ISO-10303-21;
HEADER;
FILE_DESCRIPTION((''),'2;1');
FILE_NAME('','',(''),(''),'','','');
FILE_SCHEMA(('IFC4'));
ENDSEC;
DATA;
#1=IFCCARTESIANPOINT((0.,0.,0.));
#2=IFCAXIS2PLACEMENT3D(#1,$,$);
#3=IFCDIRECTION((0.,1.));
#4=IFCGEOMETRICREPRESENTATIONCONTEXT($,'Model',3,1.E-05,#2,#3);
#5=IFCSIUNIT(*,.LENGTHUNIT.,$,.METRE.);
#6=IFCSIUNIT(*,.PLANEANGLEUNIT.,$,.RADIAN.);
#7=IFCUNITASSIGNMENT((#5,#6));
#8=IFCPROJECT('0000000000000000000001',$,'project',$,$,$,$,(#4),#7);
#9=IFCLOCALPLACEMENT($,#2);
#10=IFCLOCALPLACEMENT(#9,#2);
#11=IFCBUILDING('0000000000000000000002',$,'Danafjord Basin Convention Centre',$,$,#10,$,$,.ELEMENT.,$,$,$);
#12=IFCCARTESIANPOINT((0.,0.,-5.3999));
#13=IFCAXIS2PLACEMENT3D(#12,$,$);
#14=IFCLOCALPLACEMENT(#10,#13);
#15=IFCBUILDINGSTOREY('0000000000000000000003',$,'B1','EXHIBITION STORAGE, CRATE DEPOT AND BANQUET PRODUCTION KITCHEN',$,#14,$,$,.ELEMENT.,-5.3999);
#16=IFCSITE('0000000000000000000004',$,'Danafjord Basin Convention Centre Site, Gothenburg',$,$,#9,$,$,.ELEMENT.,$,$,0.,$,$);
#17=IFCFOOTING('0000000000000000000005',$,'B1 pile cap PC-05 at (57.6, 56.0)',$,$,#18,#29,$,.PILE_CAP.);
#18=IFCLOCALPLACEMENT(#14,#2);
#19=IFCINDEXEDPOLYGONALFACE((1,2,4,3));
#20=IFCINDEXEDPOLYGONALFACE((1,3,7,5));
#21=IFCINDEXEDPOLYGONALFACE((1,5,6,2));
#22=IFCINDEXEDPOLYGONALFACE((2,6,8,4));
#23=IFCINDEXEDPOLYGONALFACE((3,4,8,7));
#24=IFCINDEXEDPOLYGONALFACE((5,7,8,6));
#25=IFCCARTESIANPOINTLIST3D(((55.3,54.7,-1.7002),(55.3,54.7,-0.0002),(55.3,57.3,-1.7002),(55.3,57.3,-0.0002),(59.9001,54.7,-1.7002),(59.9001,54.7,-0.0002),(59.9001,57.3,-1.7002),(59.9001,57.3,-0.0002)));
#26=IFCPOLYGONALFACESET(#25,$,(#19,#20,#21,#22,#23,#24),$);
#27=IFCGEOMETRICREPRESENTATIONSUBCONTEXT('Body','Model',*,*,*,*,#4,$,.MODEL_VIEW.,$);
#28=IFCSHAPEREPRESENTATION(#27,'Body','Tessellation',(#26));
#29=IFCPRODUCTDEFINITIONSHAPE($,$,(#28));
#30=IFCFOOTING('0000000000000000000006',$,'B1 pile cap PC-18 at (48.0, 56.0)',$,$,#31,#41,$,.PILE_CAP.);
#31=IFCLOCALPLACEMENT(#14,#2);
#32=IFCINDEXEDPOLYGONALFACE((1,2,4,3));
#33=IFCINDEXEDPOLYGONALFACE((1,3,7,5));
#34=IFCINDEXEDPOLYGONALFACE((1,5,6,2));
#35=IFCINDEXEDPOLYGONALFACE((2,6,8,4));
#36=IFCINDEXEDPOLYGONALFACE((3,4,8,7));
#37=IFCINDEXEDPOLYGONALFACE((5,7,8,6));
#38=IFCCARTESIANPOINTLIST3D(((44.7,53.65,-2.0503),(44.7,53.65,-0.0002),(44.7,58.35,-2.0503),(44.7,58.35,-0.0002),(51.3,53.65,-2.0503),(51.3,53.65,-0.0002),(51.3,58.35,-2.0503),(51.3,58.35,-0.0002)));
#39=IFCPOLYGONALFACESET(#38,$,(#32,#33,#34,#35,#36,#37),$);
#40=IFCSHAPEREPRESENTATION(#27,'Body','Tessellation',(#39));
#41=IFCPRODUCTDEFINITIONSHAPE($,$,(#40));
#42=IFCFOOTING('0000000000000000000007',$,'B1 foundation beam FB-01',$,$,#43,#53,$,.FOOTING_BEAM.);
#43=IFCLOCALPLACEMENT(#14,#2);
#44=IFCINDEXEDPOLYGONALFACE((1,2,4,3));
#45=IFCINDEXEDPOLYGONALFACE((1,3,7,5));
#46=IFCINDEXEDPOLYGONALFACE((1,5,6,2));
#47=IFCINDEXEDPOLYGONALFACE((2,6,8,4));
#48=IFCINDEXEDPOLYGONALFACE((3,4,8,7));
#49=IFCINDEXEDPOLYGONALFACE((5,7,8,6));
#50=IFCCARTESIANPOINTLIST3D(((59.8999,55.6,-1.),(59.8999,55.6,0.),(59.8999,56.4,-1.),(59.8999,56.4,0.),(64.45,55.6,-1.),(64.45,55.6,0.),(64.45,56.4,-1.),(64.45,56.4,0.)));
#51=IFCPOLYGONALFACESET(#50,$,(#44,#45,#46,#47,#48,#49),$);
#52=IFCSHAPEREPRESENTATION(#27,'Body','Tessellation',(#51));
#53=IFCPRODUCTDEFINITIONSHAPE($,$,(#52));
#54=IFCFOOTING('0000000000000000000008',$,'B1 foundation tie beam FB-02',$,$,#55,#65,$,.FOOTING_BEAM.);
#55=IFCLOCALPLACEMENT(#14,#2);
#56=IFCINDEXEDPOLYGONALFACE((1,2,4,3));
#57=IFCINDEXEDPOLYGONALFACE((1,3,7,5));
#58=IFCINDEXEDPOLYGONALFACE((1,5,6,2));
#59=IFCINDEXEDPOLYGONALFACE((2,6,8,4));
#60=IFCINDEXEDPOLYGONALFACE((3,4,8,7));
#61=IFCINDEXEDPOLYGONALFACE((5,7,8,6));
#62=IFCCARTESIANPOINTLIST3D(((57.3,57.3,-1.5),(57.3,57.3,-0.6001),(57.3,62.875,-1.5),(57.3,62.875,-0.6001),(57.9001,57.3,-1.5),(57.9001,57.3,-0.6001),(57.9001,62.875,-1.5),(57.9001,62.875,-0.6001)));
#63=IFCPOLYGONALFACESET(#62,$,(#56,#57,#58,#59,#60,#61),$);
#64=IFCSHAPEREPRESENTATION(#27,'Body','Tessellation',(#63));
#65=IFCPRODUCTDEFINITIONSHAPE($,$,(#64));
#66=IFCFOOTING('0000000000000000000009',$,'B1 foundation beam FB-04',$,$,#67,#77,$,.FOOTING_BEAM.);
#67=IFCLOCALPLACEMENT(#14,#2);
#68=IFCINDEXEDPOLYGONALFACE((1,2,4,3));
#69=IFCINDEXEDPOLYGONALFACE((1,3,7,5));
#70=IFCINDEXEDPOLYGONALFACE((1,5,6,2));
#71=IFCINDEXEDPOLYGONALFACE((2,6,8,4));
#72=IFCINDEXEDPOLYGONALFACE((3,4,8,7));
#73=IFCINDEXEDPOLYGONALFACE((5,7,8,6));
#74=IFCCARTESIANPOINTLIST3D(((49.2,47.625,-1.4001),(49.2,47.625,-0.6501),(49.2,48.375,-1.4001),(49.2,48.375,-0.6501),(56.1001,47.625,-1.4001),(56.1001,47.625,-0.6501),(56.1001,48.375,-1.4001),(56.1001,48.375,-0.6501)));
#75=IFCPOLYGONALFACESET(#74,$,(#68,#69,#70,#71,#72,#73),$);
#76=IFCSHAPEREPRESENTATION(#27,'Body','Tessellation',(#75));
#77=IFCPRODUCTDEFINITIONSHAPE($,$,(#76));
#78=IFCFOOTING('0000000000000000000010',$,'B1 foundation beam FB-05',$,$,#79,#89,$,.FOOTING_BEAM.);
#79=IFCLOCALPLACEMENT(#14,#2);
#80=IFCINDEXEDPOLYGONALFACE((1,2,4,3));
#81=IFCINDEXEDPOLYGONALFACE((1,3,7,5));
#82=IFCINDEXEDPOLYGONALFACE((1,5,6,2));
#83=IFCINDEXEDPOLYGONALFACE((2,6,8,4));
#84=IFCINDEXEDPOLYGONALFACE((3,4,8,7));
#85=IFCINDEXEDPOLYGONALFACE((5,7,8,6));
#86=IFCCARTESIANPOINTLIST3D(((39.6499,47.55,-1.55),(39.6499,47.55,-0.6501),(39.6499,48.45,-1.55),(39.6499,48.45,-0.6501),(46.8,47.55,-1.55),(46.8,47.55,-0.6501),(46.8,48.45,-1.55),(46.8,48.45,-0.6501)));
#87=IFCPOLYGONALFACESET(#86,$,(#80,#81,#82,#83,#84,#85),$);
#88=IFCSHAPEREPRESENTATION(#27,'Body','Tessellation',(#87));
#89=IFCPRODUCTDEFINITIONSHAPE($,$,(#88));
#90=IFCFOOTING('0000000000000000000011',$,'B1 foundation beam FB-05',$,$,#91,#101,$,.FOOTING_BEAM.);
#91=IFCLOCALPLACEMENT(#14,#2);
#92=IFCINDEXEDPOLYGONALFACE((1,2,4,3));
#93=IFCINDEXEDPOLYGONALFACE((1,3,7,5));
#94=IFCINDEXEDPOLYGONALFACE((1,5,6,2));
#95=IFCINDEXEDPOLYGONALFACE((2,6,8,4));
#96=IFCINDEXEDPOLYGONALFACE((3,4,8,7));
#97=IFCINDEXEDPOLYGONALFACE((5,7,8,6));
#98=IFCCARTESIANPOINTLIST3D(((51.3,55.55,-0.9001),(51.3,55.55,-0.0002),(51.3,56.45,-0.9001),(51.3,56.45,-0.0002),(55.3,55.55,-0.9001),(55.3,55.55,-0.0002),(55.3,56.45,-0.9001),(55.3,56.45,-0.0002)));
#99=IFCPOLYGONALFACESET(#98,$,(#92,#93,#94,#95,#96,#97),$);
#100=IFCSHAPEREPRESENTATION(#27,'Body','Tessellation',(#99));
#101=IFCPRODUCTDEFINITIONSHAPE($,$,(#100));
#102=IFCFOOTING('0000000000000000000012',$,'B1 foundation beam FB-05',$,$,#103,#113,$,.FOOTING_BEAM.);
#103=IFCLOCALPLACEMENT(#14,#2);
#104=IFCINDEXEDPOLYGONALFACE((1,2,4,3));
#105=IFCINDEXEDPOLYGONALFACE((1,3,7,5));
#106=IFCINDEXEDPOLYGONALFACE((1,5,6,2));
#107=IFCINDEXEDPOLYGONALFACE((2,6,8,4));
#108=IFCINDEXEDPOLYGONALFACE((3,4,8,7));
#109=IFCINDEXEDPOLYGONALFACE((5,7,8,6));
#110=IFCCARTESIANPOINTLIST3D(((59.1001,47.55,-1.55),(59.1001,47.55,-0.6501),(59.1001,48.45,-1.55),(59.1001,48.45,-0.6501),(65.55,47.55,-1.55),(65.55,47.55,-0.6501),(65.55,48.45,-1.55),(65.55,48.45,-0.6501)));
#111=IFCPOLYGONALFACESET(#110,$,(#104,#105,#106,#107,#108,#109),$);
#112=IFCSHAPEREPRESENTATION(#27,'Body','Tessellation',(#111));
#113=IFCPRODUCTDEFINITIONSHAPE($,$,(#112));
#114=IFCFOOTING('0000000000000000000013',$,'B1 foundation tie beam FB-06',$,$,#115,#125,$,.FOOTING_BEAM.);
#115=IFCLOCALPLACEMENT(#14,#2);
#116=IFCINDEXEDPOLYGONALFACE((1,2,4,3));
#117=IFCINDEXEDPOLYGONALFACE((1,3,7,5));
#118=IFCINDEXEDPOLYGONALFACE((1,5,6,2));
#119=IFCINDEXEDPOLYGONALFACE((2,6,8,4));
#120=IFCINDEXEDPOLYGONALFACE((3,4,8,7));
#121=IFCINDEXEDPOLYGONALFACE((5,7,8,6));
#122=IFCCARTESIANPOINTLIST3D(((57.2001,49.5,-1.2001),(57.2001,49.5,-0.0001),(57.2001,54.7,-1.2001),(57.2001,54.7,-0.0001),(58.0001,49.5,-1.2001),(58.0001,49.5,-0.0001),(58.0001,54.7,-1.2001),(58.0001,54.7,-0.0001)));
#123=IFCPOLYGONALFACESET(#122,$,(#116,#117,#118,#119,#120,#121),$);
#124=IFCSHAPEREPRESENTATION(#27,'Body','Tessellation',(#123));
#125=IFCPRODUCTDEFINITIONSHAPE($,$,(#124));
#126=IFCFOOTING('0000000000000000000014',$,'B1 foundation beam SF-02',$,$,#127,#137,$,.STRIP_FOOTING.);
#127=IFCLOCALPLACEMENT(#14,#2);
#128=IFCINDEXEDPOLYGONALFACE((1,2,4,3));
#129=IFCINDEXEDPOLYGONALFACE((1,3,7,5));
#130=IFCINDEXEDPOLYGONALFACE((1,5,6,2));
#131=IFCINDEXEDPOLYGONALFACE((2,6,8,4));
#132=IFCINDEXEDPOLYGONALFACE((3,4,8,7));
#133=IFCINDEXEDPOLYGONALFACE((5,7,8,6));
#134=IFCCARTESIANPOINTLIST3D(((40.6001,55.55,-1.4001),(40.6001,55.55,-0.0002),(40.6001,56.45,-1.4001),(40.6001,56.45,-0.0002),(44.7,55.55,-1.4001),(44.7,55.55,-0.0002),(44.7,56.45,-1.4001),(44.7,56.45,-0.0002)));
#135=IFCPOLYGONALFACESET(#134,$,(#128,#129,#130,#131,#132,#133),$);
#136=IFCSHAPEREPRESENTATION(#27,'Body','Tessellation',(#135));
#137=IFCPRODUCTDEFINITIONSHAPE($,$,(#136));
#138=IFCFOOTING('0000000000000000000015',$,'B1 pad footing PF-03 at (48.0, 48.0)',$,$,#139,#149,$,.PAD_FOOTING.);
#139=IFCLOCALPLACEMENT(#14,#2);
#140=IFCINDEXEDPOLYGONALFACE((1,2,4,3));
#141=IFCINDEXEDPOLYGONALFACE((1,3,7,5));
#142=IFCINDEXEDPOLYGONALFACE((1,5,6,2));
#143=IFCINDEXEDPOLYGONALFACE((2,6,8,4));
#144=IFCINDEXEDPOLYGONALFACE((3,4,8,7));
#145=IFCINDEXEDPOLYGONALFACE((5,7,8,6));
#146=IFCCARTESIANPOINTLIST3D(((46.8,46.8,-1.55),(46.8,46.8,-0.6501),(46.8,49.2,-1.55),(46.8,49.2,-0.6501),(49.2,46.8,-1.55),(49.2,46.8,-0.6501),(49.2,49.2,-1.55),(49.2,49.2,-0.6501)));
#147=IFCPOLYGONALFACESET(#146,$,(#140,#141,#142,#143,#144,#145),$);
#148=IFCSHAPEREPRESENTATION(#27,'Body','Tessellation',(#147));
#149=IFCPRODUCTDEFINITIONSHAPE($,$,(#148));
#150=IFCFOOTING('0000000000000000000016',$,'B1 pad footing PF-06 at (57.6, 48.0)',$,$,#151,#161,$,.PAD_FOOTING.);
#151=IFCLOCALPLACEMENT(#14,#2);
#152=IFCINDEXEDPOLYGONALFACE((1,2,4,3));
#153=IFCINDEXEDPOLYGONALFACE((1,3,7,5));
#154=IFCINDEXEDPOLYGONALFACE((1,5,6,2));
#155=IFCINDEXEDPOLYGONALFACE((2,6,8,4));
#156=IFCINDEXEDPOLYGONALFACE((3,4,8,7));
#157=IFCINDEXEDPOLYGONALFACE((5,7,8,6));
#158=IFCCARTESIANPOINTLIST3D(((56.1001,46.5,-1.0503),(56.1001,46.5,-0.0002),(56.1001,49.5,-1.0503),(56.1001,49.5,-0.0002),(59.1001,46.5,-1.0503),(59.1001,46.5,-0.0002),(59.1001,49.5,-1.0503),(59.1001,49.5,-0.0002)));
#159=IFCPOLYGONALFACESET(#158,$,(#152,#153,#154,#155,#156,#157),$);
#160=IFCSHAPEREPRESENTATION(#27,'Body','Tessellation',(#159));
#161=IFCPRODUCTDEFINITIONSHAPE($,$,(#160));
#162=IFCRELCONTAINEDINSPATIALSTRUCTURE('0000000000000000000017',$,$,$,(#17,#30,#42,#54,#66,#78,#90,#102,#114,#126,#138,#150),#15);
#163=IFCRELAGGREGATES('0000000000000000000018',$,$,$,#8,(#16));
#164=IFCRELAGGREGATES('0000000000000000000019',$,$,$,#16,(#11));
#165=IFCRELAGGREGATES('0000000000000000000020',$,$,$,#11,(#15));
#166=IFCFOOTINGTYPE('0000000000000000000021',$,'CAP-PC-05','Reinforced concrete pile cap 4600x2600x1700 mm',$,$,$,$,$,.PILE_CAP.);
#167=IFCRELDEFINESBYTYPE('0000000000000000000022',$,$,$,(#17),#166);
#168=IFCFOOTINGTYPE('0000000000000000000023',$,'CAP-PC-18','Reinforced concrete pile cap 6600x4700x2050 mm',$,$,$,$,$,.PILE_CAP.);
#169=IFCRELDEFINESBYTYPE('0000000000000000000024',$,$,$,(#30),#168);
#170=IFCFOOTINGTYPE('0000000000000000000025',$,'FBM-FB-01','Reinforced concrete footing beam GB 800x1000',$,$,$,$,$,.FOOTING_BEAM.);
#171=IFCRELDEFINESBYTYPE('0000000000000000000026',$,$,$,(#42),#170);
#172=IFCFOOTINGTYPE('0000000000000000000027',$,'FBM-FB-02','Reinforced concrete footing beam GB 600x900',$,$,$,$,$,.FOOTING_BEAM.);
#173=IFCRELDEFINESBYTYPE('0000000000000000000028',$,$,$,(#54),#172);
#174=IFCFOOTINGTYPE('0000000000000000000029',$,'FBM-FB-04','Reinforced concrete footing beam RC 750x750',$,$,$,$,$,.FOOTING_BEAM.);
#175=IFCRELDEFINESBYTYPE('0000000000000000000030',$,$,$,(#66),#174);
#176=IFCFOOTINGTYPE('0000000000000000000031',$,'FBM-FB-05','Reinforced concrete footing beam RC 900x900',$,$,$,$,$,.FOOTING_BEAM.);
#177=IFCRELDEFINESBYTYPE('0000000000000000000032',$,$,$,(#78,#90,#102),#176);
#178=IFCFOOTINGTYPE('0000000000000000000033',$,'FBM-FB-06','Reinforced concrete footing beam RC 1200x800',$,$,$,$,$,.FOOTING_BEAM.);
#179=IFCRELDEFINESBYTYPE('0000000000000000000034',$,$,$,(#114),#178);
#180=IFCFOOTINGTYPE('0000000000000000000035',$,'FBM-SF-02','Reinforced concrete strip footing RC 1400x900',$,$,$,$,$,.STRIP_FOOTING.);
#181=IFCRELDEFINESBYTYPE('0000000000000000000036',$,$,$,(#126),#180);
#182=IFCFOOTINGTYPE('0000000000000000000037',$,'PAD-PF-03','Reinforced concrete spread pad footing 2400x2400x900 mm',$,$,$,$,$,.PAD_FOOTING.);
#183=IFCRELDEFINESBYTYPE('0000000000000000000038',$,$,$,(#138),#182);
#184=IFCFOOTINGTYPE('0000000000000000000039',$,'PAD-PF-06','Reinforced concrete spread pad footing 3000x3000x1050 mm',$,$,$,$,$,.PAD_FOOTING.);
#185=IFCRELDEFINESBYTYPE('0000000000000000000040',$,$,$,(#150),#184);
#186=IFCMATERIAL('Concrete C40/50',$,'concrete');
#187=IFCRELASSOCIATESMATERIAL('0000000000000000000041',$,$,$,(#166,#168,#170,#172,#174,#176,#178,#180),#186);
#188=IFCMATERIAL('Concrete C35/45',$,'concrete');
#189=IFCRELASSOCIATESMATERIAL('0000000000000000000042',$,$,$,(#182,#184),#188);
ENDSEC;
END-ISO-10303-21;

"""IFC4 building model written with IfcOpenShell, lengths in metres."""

from ifc_helpers import new_model, si_unit, direction, frame, origin, origin_2d, place, context, subcontext, project, spatial, rectangle, extrude, material, material_profile, profile_set, type_object, element, save


model = new_model("IFC4")

# Units and contexts
model_context = context("Model", 3, precision=1e-05, world=origin(), true_north=direction((0.0, 1.0)))
body_context = subcontext(model_context, "Body", "Model", "MODEL_VIEW")
ifc_project = project(units=[si_unit("LENGTHUNIT", "METRE"), si_unit("PLANEANGLEUNIT", "RADIAN")], contexts=[model_context])

# Site, building, storey
site_placement = place(None, origin())
site = spatial("IfcSite", under=ifc_project, at=site_placement, Name="Danafjord Basin Convention Centre Site, Gothenburg", CompositionType="ELEMENT", RefElevation=0.0)
building_placement = place(site_placement, origin())
building = spatial("IfcBuilding", under=site, at=building_placement, Name="Danafjord Basin Convention Centre", CompositionType="ELEMENT")
storey_placement = place(building_placement, frame((0.0, 0.0, -5.3999)))
storey = spatial("IfcBuildingStorey", under=building, at=storey_placement, Name="B1", Description="EXHIBITION STORAGE, CRATE DEPOT AND BANQUET PRODUCTION KITCHEN", CompositionType="ELEMENT", Elevation=-5.3999)

# Footings
ifc_material_1 = material(Name="Concrete C40/50", Category="concrete")
footing_type_1 = type_object("IfcFootingType", Name="CAP-PC-05", Description="Reinforced concrete pile cap 4600x2600x1700 mm", PredefinedType="PILE_CAP", material=ifc_material_1)
footing_1_placement = place(storey_placement, frame((57.6001, 56.0, -1.7002), z_axis=(0.0, 0.0, 1.0), x_axis=(1.0, 0.0, 0.0)))
element("IfcFooting", 1, at=footing_1_placement, inside=storey, type_object=footing_type_1, Name="B1 pile cap PC-05 at (57.6, 56.0)", PredefinedType="PILE_CAP", context=body_context, shape_type="SweptSolid", body=[
    extrude(rectangle(XDim=4.6001, YDim=2.6001, at=origin_2d()), origin(), (0.0, 0.0, 1.0), 1.7),
])
footing_type_2 = type_object("IfcFootingType", Name="CAP-PC-18", Description="Reinforced concrete pile cap 6600x4700x2050 mm", PredefinedType="PILE_CAP", material=ifc_material_1)
footing_2_placement = place(storey_placement, frame((48.0, 56.0, -2.0503), z_axis=(0.0, 0.0, 1.0), x_axis=(1.0, 0.0, 0.0)))
element("IfcFooting", 2, at=footing_2_placement, inside=storey, type_object=footing_type_2, Name="B1 pile cap PC-18 at (48.0, 56.0)", PredefinedType="PILE_CAP", context=body_context, shape_type="SweptSolid", body=[
    extrude(rectangle(XDim=6.6001, YDim=4.7, at=origin_2d()), origin(), (0.0, 0.0, 1.0), 2.05),
])
ifc_material_profile_1 = material_profile(ifc_material_1, rectangle(XDim=0.8, YDim=1.0, at=origin_2d()), Name="GB 800x1000")
ifc_profile_set_1 = profile_set([ifc_material_profile_1], Name="Concrete C40/50")
footing_type_3 = type_object("IfcFootingType", Name="FBM-FB-01", Description="Reinforced concrete footing beam GB 800x1000", PredefinedType="FOOTING_BEAM", material=ifc_profile_set_1)
footing_3_placement = place(storey_placement, frame((59.8999, 56.0, -0.5), z_axis=(1.0, 0.0, 0.0), x_axis=(0.0, 1.0, 0.0)))
element("IfcFooting", 3, at=footing_3_placement, inside=storey, type_object=footing_type_3, Name="B1 foundation beam FB-01", PredefinedType="FOOTING_BEAM", context=body_context, shape_type="SweptSolid", body=[
    extrude(rectangle(XDim=0.8, YDim=1.0, at=origin_2d()), origin(), (0.0, 0.0, 1.0), 4.55),
])
ifc_material_profile_2 = material_profile(ifc_material_1, rectangle(XDim=0.6001, YDim=0.8999, at=origin_2d()), Name="GB 600x900")
ifc_profile_set_2 = profile_set([ifc_material_profile_2], Name="Concrete C40/50")
footing_type_4 = type_object("IfcFootingType", Name="FBM-FB-02", Description="Reinforced concrete footing beam GB 600x900", PredefinedType="FOOTING_BEAM", material=ifc_profile_set_2)
footing_4_placement = place(storey_placement, frame((57.6001, 57.3, -1.05), z_axis=(0.0, 1.0, 0.0), x_axis=(-1.0, 0.0, 0.0)))
element("IfcFooting", 4, at=footing_4_placement, inside=storey, type_object=footing_type_4, Name="B1 foundation tie beam FB-02", PredefinedType="FOOTING_BEAM", context=body_context, shape_type="SweptSolid", body=[
    extrude(rectangle(XDim=0.6001, YDim=0.8999, at=origin_2d()), origin(), (0.0, 0.0, 1.0), 5.575),
])
ifc_material_profile_3 = material_profile(ifc_material_1, rectangle(XDim=0.75, YDim=0.75, at=origin_2d()), Name="RC 750x750")
ifc_profile_set_3 = profile_set([ifc_material_profile_3], Name="Concrete C40/50")
footing_type_5 = type_object("IfcFootingType", Name="FBM-FB-04", Description="Reinforced concrete footing beam RC 750x750", PredefinedType="FOOTING_BEAM", material=ifc_profile_set_3)
footing_5_placement = place(storey_placement, frame((49.2, 48.0, -1.0251), z_axis=(1.0, 0.0, 0.0), x_axis=(0.0, 1.0, 0.0)))
element("IfcFooting", 5, at=footing_5_placement, inside=storey, type_object=footing_type_5, Name="B1 foundation beam FB-04", PredefinedType="FOOTING_BEAM", context=body_context, shape_type="SweptSolid", body=[
    extrude(rectangle(XDim=0.75, YDim=0.75, at=origin_2d()), origin(), (0.0, 0.0, 1.0), 6.9001),
])
ifc_material_profile_4 = material_profile(ifc_material_1, rectangle(XDim=0.8999, YDim=0.8999, at=origin_2d()), Name="RC 900x900")
ifc_profile_set_4 = profile_set([ifc_material_profile_4], Name="Concrete C40/50")
footing_type_6 = type_object("IfcFootingType", Name="FBM-FB-05", Description="Reinforced concrete footing beam RC 900x900", PredefinedType="FOOTING_BEAM", material=ifc_profile_set_4)
footing_6_placement = place(storey_placement, frame((39.6499, 48.0, -1.1001), z_axis=(1.0, 0.0, 0.0), x_axis=(0.0, 1.0, 0.0)))
element("IfcFooting", 6, at=footing_6_placement, inside=storey, type_object=footing_type_6, Name="B1 foundation beam FB-05", PredefinedType="FOOTING_BEAM", context=body_context, shape_type="SweptSolid", body=[
    extrude(rectangle(XDim=0.8999, YDim=0.8999, at=origin_2d()), origin(), (0.0, 0.0, 1.0), 7.1501),
])
footing_7_placement = place(storey_placement, frame((51.3, 56.0, -0.4502), z_axis=(1.0, 0.0, 0.0), x_axis=(0.0, 1.0, 0.0)))
element("IfcFooting", 7, at=footing_7_placement, inside=storey, type_object=footing_type_6, Name="B1 foundation beam FB-05", PredefinedType="FOOTING_BEAM", context=body_context, shape_type="SweptSolid", body=[
    extrude(rectangle(XDim=0.8999, YDim=0.8999, at=origin_2d()), origin(), (0.0, 0.0, 1.0), 4.0),
])
footing_8_placement = place(storey_placement, frame((59.1001, 48.0, -1.1001), z_axis=(1.0, 0.0, 0.0), x_axis=(0.0, 1.0, 0.0)))
element("IfcFooting", 8, at=footing_8_placement, inside=storey, type_object=footing_type_6, Name="B1 foundation beam FB-05", PredefinedType="FOOTING_BEAM", context=body_context, shape_type="SweptSolid", body=[
    extrude(rectangle(XDim=0.8999, YDim=0.8999, at=origin_2d()), origin(), (0.0, 0.0, 1.0), 6.45),
])
ifc_material_profile_5 = material_profile(ifc_material_1, rectangle(XDim=0.8, YDim=1.2, at=origin_2d()), Name="RC 1200x800")
ifc_profile_set_5 = profile_set([ifc_material_profile_5], Name="Concrete C40/50")
footing_type_7 = type_object("IfcFootingType", Name="FBM-FB-06", Description="Reinforced concrete footing beam RC 1200x800", PredefinedType="FOOTING_BEAM", material=ifc_profile_set_5)
footing_9_placement = place(storey_placement, frame((57.6001, 49.5, -0.6001), z_axis=(0.0, 1.0, 0.0), x_axis=(-1.0, 0.0, 0.0)))
element("IfcFooting", 9, at=footing_9_placement, inside=storey, type_object=footing_type_7, Name="B1 foundation tie beam FB-06", PredefinedType="FOOTING_BEAM", context=body_context, shape_type="SweptSolid", body=[
    extrude(rectangle(XDim=0.8, YDim=1.2, at=origin_2d()), origin(), (0.0, 0.0, 1.0), 5.2),
])
ifc_material_profile_6 = material_profile(ifc_material_1, rectangle(XDim=0.8999, YDim=1.3999, at=origin_2d()), Name="RC 1400x900")
ifc_profile_set_6 = profile_set([ifc_material_profile_6], Name="Concrete C40/50")
footing_type_8 = type_object("IfcFootingType", Name="FBM-SF-02", Description="Reinforced concrete strip footing RC 1400x900", PredefinedType="STRIP_FOOTING", material=ifc_profile_set_6)
footing_10_placement = place(storey_placement, frame((40.6001, 56.0, -0.7002), z_axis=(1.0, 0.0, 0.0), x_axis=(0.0, 1.0, 0.0)))
element("IfcFooting", 10, at=footing_10_placement, inside=storey, type_object=footing_type_8, Name="B1 foundation beam SF-02", PredefinedType="STRIP_FOOTING", context=body_context, shape_type="SweptSolid", body=[
    extrude(rectangle(XDim=0.8999, YDim=1.3999, at=origin_2d()), origin(), (0.0, 0.0, 1.0), 4.0999),
])
ifc_material_2 = material(Name="Concrete C35/45", Category="concrete")
footing_type_9 = type_object("IfcFootingType", Name="PAD-PF-03", Description="Reinforced concrete spread pad footing 2400x2400x900 mm", PredefinedType="PAD_FOOTING", material=ifc_material_2)
footing_11_placement = place(storey_placement, frame((48.0, 48.0, -1.55), z_axis=(0.0, 0.0, 1.0), x_axis=(1.0, 0.0, 0.0)))
element("IfcFooting", 11, at=footing_11_placement, inside=storey, type_object=footing_type_9, Name="B1 pad footing PF-03 at (48.0, 48.0)", PredefinedType="PAD_FOOTING", context=body_context, shape_type="SweptSolid", body=[
    extrude(rectangle(XDim=2.3999, YDim=2.3999, at=origin_2d()), origin(), (0.0, 0.0, 1.0), 0.8999),
])
footing_type_10 = type_object("IfcFootingType", Name="PAD-PF-06", Description="Reinforced concrete spread pad footing 3000x3000x1050 mm", PredefinedType="PAD_FOOTING", material=ifc_material_2)
footing_12_placement = place(storey_placement, frame((57.6001, 48.0, -1.0503), z_axis=(0.0, 0.0, 1.0), x_axis=(1.0, 0.0, 0.0)))
element("IfcFooting", 12, at=footing_12_placement, inside=storey, type_object=footing_type_10, Name="B1 pad footing PF-06 at (57.6, 48.0)", PredefinedType="PAD_FOOTING", context=body_context, shape_type="SweptSolid", body=[
    extrude(rectangle(XDim=3.0, YDim=3.0, at=origin_2d()), origin(), (0.0, 0.0, 1.0), 1.05),
])

save(model, "model.ifc")
